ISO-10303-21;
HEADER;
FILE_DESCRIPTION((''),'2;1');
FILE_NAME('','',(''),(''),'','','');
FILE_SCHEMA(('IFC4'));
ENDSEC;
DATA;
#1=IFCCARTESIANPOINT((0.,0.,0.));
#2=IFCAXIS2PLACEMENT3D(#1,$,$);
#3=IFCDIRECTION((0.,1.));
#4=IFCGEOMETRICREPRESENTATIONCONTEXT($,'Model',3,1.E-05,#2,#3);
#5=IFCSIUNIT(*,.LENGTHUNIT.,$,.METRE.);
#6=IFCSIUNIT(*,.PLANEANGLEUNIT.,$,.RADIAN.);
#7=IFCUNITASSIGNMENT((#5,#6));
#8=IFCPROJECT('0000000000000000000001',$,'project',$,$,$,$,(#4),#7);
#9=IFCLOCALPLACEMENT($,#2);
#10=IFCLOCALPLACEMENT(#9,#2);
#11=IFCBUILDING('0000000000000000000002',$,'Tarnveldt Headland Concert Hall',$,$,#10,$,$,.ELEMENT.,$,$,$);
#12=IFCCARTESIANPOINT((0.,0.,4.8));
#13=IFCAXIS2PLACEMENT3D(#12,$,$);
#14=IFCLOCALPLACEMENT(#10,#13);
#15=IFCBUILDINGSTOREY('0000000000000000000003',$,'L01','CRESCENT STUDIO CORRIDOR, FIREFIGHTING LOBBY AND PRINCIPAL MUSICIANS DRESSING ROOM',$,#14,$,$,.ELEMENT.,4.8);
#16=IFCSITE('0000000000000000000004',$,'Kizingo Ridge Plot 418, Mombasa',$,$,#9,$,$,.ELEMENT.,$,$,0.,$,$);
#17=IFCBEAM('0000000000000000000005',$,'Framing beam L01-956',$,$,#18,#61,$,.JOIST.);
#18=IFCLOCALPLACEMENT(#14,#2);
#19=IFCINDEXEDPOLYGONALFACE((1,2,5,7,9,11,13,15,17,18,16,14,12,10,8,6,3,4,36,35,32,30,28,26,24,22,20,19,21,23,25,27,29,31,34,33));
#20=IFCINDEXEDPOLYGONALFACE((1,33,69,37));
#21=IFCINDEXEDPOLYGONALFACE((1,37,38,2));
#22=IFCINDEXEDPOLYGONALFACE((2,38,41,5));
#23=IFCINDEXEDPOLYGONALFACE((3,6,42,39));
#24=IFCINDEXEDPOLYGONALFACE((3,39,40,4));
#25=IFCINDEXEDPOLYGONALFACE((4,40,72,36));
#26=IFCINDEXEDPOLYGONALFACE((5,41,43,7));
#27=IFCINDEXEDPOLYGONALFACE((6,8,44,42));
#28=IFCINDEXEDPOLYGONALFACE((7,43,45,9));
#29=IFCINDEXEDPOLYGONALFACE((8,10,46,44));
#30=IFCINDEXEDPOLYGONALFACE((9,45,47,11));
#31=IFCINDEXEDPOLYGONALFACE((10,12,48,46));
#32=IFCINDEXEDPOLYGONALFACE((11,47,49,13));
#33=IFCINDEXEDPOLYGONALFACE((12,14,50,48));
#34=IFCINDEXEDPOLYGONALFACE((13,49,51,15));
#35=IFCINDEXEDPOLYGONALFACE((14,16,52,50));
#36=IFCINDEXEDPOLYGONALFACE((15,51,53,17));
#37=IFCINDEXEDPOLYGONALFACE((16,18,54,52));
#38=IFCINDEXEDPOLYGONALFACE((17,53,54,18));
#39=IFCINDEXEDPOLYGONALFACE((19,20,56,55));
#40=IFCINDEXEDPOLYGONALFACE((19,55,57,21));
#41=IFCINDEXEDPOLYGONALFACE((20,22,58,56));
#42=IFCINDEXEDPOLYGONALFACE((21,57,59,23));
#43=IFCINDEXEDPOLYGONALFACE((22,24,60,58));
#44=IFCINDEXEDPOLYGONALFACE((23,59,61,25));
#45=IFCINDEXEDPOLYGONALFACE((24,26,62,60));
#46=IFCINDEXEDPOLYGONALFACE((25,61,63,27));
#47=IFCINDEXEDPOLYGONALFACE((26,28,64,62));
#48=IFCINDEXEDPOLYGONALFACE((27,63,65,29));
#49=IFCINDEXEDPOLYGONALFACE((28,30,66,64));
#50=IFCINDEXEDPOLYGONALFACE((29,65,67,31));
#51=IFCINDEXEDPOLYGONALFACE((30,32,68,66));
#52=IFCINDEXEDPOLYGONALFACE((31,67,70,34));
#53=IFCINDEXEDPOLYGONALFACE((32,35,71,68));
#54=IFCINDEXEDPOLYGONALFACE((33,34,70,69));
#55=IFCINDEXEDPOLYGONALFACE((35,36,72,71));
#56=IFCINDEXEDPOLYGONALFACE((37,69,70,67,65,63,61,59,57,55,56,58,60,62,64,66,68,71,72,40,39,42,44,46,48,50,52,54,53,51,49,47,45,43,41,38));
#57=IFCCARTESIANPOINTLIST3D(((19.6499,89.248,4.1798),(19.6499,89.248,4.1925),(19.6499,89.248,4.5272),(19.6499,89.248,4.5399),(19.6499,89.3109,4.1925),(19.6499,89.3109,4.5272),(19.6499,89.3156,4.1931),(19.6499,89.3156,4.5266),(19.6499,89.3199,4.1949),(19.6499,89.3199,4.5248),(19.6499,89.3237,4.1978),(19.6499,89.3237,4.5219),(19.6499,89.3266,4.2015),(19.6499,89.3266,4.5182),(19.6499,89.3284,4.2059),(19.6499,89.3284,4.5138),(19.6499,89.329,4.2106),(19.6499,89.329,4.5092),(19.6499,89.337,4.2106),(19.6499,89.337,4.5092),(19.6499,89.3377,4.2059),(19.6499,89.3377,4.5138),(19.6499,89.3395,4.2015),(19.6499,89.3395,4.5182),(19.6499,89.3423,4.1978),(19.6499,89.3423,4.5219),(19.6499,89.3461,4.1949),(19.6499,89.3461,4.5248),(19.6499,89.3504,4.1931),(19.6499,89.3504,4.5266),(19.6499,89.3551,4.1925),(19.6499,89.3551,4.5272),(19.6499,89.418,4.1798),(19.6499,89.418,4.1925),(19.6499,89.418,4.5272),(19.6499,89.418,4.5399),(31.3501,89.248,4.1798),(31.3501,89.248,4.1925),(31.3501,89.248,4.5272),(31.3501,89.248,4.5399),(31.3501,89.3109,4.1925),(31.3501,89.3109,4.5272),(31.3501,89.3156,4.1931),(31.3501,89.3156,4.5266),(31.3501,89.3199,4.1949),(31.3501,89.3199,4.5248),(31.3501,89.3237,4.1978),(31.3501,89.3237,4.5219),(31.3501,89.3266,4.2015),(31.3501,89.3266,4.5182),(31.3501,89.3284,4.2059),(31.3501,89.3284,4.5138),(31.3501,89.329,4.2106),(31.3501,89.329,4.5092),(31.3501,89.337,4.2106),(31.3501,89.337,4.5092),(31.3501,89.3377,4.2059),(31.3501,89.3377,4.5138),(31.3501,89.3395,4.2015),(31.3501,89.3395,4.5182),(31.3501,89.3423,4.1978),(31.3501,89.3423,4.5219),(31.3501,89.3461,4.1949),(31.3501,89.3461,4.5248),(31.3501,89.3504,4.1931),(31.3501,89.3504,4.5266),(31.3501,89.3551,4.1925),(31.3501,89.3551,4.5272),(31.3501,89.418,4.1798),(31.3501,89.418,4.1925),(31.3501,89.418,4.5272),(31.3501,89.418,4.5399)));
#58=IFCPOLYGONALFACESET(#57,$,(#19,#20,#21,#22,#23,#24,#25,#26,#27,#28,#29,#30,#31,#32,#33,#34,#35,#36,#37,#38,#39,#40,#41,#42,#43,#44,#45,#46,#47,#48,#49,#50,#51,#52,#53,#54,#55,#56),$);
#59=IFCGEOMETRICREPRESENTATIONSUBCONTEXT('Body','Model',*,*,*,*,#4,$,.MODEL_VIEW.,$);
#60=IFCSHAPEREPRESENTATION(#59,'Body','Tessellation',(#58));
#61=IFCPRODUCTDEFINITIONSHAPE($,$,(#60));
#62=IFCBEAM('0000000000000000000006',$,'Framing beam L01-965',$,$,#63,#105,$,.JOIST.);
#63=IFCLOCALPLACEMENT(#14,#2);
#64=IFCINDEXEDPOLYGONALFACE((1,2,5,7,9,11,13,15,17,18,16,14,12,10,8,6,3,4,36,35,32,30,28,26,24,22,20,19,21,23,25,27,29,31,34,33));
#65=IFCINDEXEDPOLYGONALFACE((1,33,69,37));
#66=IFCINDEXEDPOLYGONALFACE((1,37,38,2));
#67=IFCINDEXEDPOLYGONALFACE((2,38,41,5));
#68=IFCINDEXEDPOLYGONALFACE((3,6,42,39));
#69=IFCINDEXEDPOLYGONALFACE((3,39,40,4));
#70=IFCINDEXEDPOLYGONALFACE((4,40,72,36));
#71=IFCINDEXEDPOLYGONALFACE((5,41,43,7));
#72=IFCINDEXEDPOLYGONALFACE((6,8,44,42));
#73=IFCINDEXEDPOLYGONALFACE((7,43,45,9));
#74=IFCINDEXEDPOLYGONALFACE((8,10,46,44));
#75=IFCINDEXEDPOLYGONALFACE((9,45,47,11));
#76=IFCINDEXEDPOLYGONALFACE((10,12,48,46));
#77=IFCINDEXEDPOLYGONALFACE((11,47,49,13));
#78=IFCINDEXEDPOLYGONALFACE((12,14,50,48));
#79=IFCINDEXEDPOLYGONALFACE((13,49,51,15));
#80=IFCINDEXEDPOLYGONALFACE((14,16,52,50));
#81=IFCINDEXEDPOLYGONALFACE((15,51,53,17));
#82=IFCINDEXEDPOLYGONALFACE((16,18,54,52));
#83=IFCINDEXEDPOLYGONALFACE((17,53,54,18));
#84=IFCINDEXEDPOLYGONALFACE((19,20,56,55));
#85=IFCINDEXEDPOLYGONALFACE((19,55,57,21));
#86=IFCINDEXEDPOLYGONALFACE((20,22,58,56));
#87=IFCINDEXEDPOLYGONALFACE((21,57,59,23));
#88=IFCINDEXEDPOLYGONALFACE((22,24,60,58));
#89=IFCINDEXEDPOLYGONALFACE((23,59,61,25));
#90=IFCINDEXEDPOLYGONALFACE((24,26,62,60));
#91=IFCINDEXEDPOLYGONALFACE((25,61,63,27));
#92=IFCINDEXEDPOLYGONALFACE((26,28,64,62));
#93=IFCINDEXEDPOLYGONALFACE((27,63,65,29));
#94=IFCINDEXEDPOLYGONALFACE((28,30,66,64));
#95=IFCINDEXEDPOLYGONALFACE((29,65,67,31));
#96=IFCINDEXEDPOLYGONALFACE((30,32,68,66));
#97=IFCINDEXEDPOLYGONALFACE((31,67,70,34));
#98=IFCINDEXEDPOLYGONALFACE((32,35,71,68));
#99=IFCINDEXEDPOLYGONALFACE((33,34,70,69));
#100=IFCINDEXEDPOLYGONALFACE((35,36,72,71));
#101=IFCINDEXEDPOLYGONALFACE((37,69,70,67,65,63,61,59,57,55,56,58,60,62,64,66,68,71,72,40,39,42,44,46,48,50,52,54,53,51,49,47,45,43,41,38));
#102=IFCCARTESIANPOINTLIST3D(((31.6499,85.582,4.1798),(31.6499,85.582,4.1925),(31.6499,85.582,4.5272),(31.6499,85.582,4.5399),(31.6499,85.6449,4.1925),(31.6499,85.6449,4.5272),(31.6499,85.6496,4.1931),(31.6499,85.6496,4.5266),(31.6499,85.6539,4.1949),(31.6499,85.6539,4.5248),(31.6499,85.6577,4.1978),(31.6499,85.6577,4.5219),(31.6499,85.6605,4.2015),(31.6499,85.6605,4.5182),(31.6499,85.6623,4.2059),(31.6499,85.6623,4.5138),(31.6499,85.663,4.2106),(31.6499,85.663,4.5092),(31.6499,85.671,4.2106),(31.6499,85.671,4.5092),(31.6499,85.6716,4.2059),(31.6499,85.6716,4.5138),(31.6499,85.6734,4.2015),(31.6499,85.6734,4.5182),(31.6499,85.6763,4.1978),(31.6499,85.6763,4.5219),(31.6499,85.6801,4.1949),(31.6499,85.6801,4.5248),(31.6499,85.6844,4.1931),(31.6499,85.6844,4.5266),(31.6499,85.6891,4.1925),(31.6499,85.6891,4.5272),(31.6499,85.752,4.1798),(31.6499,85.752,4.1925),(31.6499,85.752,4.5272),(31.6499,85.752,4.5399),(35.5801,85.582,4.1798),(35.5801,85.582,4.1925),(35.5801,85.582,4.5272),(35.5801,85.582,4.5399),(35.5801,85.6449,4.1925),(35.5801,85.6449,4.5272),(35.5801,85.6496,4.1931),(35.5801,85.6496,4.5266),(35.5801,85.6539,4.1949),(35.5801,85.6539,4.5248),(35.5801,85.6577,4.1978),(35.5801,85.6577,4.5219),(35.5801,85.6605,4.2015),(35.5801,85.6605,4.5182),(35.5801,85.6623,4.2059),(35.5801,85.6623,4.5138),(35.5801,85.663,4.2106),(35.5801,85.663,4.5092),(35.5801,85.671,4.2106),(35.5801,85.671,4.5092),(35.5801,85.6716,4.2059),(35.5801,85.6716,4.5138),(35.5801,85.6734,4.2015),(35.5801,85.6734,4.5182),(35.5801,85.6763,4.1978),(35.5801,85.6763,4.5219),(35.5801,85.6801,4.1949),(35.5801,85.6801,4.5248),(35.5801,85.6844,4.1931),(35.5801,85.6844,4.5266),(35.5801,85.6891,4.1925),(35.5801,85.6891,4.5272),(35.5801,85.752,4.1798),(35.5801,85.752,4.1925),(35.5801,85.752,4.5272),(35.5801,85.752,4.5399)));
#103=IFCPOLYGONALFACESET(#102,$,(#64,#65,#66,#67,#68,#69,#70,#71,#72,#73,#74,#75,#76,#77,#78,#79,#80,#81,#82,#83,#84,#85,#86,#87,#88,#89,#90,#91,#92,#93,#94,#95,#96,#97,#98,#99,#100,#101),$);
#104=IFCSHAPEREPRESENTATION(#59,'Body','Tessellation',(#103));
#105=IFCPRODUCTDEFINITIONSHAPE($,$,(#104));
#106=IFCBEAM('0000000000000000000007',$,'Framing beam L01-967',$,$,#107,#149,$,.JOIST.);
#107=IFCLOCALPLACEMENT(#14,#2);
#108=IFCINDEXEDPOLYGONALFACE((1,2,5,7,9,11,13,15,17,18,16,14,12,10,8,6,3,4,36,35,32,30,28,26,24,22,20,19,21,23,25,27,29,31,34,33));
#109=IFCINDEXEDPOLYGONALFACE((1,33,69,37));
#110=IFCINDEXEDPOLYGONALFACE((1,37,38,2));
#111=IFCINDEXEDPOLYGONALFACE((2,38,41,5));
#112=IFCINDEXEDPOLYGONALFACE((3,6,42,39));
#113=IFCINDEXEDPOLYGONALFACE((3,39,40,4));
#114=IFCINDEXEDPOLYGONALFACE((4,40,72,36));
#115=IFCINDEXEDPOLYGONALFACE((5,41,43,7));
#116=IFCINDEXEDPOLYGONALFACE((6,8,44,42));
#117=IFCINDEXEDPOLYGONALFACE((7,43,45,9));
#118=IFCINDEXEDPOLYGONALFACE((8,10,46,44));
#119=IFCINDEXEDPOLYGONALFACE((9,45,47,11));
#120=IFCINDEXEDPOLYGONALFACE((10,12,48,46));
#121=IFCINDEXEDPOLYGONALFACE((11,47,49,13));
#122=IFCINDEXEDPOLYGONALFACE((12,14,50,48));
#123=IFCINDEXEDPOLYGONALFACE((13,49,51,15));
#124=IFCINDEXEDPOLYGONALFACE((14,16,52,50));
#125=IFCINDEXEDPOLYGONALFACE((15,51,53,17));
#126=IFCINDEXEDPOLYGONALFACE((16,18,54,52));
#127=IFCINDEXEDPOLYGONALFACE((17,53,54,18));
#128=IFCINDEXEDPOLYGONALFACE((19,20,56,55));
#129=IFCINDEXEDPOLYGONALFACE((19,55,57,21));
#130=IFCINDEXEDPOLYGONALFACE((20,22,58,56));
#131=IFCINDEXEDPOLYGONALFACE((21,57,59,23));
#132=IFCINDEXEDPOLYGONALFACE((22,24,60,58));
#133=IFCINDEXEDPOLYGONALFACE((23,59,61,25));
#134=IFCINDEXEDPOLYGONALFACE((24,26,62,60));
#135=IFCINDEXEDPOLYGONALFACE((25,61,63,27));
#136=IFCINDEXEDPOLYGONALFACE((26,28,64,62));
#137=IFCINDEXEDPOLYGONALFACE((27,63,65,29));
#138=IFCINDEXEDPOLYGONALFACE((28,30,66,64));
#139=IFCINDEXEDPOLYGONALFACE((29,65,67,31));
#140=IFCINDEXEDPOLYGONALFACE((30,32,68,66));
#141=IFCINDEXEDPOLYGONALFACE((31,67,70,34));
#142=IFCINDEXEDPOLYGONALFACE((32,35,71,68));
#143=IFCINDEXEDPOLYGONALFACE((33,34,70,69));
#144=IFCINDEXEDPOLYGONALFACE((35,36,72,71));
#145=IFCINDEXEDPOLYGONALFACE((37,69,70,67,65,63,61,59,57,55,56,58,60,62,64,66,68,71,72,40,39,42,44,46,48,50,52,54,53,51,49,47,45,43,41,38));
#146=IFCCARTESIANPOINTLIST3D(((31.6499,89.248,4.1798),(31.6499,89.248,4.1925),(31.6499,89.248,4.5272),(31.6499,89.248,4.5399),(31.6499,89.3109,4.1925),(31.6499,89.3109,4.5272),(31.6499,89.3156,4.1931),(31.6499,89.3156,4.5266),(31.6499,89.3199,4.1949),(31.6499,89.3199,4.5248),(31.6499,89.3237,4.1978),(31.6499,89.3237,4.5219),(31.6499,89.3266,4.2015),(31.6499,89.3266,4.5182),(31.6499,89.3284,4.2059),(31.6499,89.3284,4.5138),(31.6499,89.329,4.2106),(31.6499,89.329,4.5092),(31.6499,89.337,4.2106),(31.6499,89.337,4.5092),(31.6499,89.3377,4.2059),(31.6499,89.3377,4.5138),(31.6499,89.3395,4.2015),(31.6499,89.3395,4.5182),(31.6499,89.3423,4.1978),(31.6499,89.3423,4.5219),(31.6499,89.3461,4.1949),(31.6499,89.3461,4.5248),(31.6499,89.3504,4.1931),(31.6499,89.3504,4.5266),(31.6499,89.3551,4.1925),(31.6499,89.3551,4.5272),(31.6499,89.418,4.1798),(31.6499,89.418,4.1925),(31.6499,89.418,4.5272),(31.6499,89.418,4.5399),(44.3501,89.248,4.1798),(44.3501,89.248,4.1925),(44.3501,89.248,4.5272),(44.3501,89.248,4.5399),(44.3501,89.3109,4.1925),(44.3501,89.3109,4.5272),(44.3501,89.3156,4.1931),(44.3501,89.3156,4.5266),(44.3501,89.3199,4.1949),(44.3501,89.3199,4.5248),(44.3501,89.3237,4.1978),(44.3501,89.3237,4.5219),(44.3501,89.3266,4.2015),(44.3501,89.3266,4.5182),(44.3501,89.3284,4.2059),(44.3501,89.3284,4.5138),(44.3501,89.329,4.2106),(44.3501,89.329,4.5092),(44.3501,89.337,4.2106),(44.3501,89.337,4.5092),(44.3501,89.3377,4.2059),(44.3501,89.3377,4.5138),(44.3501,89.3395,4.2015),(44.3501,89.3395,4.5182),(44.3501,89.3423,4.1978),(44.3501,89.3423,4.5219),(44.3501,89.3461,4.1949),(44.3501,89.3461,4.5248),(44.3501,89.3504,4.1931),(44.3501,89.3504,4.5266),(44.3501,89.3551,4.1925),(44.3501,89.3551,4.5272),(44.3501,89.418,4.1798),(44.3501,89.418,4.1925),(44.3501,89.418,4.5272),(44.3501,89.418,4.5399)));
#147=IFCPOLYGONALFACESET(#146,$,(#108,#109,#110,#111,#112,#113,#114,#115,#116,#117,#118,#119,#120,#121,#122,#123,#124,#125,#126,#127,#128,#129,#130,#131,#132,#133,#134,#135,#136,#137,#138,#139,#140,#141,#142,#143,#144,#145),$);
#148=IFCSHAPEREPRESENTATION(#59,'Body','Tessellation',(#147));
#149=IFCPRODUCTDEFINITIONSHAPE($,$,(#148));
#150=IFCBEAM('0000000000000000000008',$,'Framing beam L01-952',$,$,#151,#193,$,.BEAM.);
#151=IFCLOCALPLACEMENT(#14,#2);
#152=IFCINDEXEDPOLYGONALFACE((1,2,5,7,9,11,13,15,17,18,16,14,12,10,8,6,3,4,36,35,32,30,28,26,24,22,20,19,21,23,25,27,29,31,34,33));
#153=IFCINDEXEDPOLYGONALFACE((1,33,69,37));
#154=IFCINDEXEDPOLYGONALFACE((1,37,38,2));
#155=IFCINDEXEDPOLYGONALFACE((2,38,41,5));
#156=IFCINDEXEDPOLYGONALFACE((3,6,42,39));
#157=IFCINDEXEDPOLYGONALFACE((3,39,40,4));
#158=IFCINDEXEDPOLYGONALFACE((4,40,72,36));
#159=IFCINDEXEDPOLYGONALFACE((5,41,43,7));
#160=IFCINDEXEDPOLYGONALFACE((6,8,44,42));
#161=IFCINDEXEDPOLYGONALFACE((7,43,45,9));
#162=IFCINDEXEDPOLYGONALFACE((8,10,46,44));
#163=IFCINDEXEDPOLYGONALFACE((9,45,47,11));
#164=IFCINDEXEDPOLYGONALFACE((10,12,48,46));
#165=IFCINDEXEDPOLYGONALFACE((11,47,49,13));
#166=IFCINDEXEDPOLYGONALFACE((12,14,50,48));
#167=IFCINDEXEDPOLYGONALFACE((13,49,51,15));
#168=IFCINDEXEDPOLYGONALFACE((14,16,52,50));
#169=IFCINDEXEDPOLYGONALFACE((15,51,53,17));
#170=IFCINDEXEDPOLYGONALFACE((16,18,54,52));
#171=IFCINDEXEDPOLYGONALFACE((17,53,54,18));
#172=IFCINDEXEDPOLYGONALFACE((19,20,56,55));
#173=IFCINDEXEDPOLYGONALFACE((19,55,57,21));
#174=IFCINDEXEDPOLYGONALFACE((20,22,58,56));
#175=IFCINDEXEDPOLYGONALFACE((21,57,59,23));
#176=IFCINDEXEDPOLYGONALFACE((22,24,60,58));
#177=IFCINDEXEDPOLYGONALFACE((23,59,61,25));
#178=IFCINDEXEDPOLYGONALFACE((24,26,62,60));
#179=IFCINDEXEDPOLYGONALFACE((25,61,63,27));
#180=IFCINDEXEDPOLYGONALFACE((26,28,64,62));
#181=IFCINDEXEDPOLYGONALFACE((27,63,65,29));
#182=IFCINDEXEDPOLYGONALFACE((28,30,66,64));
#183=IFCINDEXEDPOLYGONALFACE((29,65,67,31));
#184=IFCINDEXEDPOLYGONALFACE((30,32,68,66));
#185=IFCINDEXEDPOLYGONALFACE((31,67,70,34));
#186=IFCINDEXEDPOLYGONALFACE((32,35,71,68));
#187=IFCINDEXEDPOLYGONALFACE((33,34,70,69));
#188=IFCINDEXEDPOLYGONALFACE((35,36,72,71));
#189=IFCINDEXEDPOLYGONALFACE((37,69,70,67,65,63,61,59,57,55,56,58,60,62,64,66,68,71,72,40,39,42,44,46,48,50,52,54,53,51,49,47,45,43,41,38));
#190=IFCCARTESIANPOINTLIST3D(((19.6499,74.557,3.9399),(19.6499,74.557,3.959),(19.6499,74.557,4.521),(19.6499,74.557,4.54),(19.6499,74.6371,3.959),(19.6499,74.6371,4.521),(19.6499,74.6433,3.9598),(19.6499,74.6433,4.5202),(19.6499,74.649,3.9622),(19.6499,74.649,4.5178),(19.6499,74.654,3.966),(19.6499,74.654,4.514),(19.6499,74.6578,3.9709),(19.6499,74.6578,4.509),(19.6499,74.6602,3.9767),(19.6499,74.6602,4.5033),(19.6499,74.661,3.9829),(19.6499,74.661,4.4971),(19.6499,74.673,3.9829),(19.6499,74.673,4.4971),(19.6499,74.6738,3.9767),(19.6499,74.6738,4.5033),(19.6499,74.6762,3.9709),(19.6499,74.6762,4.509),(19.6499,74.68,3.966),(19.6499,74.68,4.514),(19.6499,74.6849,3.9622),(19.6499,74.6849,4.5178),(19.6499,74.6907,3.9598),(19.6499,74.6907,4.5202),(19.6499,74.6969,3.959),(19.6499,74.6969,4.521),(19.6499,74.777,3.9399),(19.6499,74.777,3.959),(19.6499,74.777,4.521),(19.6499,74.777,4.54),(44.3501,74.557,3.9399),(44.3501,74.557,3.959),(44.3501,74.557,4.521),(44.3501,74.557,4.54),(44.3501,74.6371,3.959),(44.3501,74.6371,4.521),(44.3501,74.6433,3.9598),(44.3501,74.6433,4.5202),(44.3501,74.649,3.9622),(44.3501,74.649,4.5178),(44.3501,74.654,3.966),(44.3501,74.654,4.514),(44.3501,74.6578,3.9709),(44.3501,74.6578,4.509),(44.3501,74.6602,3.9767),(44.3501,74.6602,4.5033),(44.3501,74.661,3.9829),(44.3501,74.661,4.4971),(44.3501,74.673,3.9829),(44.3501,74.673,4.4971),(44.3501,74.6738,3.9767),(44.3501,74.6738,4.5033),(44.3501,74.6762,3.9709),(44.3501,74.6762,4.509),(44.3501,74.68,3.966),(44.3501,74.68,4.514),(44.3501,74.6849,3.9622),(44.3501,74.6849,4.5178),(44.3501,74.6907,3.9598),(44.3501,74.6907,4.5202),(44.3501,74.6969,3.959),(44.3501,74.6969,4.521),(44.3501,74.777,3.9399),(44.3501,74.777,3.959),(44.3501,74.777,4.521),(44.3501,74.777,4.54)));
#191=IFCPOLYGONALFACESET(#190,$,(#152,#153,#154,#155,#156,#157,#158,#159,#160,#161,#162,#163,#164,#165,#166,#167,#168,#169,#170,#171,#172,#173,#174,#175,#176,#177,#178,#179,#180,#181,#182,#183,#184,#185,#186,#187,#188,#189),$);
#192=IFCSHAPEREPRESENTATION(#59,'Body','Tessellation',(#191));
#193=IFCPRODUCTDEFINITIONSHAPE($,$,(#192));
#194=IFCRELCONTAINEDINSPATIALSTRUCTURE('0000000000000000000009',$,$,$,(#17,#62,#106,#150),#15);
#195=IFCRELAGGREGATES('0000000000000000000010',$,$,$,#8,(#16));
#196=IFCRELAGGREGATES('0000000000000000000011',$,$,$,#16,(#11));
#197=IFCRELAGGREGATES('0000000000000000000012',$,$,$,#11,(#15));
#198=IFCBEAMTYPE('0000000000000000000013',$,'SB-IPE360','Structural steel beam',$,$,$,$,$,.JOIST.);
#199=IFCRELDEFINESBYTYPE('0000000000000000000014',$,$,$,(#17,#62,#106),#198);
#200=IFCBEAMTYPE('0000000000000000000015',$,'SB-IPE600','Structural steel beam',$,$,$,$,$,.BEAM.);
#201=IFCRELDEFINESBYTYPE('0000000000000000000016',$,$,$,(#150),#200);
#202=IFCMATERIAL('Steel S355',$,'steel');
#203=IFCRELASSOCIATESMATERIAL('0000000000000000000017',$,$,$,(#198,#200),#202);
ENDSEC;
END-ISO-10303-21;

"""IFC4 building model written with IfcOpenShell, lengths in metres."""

from ifc_helpers import new_model, si_unit, direction, frame, origin, origin_2d, place, context, subcontext, project, spatial, i_section, extrude, material, material_profile, profile_set, type_object, element, save


model = new_model("IFC4")

# Units and contexts
model_context = context("Model", 3, precision=1e-05, world=origin(), true_north=direction((0.0, 1.0)))
body_context = subcontext(model_context, "Body", "Model", "MODEL_VIEW")
ifc_project = project(units=[si_unit("LENGTHUNIT", "METRE"), si_unit("PLANEANGLEUNIT", "RADIAN")], contexts=[model_context])

# Site, building, storey
site_placement = place(None, origin())
site = spatial("IfcSite", under=ifc_project, at=site_placement, Name="Kizingo Ridge Plot 418, Mombasa", CompositionType="ELEMENT", RefElevation=0.0)
building_placement = place(site_placement, origin())
building = spatial("IfcBuilding", under=site, at=building_placement, Name="Tarnveldt Headland Concert Hall", CompositionType="ELEMENT")
storey_placement = place(building_placement, frame((0.0, 0.0, 4.8)))
storey = spatial("IfcBuildingStorey", under=building, at=storey_placement, Name="L01", Description="CRESCENT STUDIO CORRIDOR, FIREFIGHTING LOBBY AND PRINCIPAL MUSICIANS DRESSING ROOM", CompositionType="ELEMENT", Elevation=4.8)

# Shared definitions
ifc_material_1 = material(Name="Steel S355", Category="steel")

# Beams
ifc_material_profile_1 = material_profile(ifc_material_1, i_section(OverallWidth=0.1699, OverallDepth=0.3601, WebThickness=0.0081, FlangeThickness=0.0127, FilletRadius=0.0181, at=origin_2d()), Name="IPE360", Category="steel")
ifc_profile_set_1 = profile_set([ifc_material_profile_1], Name="Steel S355")
beam_type_1 = type_object("IfcBeamType", Name="SB-IPE360", Description="Structural steel beam", PredefinedType="JOIST", material=ifc_profile_set_1)
for number, where, z_axis, x_axis, name in (
    (1, (19.6499, 89.333, 4.3599), (1.0, 0.0, 0.0), (0.0, 1.0, 0.0), "Framing beam L01-956"),
):
    element("IfcBeam", number, at=place(storey_placement, frame(where, z_axis=z_axis, x_axis=x_axis)), inside=storey, type_object=beam_type_1, Name=name, PredefinedType="JOIST", context=body_context, shape_type="SweptSolid", body=[
        extrude(i_section(OverallWidth=0.1699, OverallDepth=0.3601, WebThickness=0.0081, FlangeThickness=0.0127, FilletRadius=0.0181, at=origin_2d()), origin(), (0.0, 0.0, 1.0), 11.7002),
    ])
beam_1_placement = place(storey_placement, frame((31.6499, 85.667, 4.3599), z_axis=(1.0, 0.0, 0.0), x_axis=(0.0, 1.0, 0.0)))
element("IfcBeam", 2, at=beam_1_placement, inside=storey, type_object=beam_type_1, Name="Framing beam L01-965", PredefinedType="JOIST", context=body_context, shape_type="SweptSolid", body=[
    extrude(i_section(OverallWidth=0.1699, OverallDepth=0.3601, WebThickness=0.0081, FlangeThickness=0.0127, FilletRadius=0.0181, at=origin_2d()), origin(), (0.0, 0.0, 1.0), 3.9302),
])
beam_2_placement = place(storey_placement, frame((31.6499, 89.333, 4.3599), z_axis=(1.0, 0.0, 0.0), x_axis=(0.0, 1.0, 0.0)))
element("IfcBeam", 3, at=beam_2_placement, inside=storey, type_object=beam_type_1, Name="Framing beam L01-967", PredefinedType="JOIST", context=body_context, shape_type="SweptSolid", body=[
    extrude(i_section(OverallWidth=0.1699, OverallDepth=0.3601, WebThickness=0.0081, FlangeThickness=0.0127, FilletRadius=0.0181, at=origin_2d()), origin(), (0.0, 0.0, 1.0), 12.7002),
])
ifc_material_profile_2 = material_profile(ifc_material_1, i_section(OverallWidth=0.22, OverallDepth=0.6001, WebThickness=0.012, FlangeThickness=0.019, FilletRadius=0.0239, at=origin_2d()), Name="IPE600", Category="steel")
ifc_profile_set_2 = profile_set([ifc_material_profile_2], Name="Steel S355")
beam_type_2 = type_object("IfcBeamType", Name="SB-IPE600", Description="Structural steel beam", PredefinedType="BEAM", material=ifc_profile_set_2)
for number, where, z_axis, x_axis, name in (
    (4, (19.6499, 74.667, 4.24), (1.0, 0.0, 0.0), (0.0, 1.0, 0.0), "Framing beam L01-952"),
):
    element("IfcBeam", number, at=place(storey_placement, frame(where, z_axis=z_axis, x_axis=x_axis)), inside=storey, type_object=beam_type_2, Name=name, PredefinedType="BEAM", context=body_context, shape_type="SweptSolid", body=[
        extrude(i_section(OverallWidth=0.22, OverallDepth=0.6001, WebThickness=0.012, FlangeThickness=0.019, FilletRadius=0.0239, at=origin_2d()), origin(), (0.0, 0.0, 1.0), 24.7002),
    ])

save(model, "model.ifc")
